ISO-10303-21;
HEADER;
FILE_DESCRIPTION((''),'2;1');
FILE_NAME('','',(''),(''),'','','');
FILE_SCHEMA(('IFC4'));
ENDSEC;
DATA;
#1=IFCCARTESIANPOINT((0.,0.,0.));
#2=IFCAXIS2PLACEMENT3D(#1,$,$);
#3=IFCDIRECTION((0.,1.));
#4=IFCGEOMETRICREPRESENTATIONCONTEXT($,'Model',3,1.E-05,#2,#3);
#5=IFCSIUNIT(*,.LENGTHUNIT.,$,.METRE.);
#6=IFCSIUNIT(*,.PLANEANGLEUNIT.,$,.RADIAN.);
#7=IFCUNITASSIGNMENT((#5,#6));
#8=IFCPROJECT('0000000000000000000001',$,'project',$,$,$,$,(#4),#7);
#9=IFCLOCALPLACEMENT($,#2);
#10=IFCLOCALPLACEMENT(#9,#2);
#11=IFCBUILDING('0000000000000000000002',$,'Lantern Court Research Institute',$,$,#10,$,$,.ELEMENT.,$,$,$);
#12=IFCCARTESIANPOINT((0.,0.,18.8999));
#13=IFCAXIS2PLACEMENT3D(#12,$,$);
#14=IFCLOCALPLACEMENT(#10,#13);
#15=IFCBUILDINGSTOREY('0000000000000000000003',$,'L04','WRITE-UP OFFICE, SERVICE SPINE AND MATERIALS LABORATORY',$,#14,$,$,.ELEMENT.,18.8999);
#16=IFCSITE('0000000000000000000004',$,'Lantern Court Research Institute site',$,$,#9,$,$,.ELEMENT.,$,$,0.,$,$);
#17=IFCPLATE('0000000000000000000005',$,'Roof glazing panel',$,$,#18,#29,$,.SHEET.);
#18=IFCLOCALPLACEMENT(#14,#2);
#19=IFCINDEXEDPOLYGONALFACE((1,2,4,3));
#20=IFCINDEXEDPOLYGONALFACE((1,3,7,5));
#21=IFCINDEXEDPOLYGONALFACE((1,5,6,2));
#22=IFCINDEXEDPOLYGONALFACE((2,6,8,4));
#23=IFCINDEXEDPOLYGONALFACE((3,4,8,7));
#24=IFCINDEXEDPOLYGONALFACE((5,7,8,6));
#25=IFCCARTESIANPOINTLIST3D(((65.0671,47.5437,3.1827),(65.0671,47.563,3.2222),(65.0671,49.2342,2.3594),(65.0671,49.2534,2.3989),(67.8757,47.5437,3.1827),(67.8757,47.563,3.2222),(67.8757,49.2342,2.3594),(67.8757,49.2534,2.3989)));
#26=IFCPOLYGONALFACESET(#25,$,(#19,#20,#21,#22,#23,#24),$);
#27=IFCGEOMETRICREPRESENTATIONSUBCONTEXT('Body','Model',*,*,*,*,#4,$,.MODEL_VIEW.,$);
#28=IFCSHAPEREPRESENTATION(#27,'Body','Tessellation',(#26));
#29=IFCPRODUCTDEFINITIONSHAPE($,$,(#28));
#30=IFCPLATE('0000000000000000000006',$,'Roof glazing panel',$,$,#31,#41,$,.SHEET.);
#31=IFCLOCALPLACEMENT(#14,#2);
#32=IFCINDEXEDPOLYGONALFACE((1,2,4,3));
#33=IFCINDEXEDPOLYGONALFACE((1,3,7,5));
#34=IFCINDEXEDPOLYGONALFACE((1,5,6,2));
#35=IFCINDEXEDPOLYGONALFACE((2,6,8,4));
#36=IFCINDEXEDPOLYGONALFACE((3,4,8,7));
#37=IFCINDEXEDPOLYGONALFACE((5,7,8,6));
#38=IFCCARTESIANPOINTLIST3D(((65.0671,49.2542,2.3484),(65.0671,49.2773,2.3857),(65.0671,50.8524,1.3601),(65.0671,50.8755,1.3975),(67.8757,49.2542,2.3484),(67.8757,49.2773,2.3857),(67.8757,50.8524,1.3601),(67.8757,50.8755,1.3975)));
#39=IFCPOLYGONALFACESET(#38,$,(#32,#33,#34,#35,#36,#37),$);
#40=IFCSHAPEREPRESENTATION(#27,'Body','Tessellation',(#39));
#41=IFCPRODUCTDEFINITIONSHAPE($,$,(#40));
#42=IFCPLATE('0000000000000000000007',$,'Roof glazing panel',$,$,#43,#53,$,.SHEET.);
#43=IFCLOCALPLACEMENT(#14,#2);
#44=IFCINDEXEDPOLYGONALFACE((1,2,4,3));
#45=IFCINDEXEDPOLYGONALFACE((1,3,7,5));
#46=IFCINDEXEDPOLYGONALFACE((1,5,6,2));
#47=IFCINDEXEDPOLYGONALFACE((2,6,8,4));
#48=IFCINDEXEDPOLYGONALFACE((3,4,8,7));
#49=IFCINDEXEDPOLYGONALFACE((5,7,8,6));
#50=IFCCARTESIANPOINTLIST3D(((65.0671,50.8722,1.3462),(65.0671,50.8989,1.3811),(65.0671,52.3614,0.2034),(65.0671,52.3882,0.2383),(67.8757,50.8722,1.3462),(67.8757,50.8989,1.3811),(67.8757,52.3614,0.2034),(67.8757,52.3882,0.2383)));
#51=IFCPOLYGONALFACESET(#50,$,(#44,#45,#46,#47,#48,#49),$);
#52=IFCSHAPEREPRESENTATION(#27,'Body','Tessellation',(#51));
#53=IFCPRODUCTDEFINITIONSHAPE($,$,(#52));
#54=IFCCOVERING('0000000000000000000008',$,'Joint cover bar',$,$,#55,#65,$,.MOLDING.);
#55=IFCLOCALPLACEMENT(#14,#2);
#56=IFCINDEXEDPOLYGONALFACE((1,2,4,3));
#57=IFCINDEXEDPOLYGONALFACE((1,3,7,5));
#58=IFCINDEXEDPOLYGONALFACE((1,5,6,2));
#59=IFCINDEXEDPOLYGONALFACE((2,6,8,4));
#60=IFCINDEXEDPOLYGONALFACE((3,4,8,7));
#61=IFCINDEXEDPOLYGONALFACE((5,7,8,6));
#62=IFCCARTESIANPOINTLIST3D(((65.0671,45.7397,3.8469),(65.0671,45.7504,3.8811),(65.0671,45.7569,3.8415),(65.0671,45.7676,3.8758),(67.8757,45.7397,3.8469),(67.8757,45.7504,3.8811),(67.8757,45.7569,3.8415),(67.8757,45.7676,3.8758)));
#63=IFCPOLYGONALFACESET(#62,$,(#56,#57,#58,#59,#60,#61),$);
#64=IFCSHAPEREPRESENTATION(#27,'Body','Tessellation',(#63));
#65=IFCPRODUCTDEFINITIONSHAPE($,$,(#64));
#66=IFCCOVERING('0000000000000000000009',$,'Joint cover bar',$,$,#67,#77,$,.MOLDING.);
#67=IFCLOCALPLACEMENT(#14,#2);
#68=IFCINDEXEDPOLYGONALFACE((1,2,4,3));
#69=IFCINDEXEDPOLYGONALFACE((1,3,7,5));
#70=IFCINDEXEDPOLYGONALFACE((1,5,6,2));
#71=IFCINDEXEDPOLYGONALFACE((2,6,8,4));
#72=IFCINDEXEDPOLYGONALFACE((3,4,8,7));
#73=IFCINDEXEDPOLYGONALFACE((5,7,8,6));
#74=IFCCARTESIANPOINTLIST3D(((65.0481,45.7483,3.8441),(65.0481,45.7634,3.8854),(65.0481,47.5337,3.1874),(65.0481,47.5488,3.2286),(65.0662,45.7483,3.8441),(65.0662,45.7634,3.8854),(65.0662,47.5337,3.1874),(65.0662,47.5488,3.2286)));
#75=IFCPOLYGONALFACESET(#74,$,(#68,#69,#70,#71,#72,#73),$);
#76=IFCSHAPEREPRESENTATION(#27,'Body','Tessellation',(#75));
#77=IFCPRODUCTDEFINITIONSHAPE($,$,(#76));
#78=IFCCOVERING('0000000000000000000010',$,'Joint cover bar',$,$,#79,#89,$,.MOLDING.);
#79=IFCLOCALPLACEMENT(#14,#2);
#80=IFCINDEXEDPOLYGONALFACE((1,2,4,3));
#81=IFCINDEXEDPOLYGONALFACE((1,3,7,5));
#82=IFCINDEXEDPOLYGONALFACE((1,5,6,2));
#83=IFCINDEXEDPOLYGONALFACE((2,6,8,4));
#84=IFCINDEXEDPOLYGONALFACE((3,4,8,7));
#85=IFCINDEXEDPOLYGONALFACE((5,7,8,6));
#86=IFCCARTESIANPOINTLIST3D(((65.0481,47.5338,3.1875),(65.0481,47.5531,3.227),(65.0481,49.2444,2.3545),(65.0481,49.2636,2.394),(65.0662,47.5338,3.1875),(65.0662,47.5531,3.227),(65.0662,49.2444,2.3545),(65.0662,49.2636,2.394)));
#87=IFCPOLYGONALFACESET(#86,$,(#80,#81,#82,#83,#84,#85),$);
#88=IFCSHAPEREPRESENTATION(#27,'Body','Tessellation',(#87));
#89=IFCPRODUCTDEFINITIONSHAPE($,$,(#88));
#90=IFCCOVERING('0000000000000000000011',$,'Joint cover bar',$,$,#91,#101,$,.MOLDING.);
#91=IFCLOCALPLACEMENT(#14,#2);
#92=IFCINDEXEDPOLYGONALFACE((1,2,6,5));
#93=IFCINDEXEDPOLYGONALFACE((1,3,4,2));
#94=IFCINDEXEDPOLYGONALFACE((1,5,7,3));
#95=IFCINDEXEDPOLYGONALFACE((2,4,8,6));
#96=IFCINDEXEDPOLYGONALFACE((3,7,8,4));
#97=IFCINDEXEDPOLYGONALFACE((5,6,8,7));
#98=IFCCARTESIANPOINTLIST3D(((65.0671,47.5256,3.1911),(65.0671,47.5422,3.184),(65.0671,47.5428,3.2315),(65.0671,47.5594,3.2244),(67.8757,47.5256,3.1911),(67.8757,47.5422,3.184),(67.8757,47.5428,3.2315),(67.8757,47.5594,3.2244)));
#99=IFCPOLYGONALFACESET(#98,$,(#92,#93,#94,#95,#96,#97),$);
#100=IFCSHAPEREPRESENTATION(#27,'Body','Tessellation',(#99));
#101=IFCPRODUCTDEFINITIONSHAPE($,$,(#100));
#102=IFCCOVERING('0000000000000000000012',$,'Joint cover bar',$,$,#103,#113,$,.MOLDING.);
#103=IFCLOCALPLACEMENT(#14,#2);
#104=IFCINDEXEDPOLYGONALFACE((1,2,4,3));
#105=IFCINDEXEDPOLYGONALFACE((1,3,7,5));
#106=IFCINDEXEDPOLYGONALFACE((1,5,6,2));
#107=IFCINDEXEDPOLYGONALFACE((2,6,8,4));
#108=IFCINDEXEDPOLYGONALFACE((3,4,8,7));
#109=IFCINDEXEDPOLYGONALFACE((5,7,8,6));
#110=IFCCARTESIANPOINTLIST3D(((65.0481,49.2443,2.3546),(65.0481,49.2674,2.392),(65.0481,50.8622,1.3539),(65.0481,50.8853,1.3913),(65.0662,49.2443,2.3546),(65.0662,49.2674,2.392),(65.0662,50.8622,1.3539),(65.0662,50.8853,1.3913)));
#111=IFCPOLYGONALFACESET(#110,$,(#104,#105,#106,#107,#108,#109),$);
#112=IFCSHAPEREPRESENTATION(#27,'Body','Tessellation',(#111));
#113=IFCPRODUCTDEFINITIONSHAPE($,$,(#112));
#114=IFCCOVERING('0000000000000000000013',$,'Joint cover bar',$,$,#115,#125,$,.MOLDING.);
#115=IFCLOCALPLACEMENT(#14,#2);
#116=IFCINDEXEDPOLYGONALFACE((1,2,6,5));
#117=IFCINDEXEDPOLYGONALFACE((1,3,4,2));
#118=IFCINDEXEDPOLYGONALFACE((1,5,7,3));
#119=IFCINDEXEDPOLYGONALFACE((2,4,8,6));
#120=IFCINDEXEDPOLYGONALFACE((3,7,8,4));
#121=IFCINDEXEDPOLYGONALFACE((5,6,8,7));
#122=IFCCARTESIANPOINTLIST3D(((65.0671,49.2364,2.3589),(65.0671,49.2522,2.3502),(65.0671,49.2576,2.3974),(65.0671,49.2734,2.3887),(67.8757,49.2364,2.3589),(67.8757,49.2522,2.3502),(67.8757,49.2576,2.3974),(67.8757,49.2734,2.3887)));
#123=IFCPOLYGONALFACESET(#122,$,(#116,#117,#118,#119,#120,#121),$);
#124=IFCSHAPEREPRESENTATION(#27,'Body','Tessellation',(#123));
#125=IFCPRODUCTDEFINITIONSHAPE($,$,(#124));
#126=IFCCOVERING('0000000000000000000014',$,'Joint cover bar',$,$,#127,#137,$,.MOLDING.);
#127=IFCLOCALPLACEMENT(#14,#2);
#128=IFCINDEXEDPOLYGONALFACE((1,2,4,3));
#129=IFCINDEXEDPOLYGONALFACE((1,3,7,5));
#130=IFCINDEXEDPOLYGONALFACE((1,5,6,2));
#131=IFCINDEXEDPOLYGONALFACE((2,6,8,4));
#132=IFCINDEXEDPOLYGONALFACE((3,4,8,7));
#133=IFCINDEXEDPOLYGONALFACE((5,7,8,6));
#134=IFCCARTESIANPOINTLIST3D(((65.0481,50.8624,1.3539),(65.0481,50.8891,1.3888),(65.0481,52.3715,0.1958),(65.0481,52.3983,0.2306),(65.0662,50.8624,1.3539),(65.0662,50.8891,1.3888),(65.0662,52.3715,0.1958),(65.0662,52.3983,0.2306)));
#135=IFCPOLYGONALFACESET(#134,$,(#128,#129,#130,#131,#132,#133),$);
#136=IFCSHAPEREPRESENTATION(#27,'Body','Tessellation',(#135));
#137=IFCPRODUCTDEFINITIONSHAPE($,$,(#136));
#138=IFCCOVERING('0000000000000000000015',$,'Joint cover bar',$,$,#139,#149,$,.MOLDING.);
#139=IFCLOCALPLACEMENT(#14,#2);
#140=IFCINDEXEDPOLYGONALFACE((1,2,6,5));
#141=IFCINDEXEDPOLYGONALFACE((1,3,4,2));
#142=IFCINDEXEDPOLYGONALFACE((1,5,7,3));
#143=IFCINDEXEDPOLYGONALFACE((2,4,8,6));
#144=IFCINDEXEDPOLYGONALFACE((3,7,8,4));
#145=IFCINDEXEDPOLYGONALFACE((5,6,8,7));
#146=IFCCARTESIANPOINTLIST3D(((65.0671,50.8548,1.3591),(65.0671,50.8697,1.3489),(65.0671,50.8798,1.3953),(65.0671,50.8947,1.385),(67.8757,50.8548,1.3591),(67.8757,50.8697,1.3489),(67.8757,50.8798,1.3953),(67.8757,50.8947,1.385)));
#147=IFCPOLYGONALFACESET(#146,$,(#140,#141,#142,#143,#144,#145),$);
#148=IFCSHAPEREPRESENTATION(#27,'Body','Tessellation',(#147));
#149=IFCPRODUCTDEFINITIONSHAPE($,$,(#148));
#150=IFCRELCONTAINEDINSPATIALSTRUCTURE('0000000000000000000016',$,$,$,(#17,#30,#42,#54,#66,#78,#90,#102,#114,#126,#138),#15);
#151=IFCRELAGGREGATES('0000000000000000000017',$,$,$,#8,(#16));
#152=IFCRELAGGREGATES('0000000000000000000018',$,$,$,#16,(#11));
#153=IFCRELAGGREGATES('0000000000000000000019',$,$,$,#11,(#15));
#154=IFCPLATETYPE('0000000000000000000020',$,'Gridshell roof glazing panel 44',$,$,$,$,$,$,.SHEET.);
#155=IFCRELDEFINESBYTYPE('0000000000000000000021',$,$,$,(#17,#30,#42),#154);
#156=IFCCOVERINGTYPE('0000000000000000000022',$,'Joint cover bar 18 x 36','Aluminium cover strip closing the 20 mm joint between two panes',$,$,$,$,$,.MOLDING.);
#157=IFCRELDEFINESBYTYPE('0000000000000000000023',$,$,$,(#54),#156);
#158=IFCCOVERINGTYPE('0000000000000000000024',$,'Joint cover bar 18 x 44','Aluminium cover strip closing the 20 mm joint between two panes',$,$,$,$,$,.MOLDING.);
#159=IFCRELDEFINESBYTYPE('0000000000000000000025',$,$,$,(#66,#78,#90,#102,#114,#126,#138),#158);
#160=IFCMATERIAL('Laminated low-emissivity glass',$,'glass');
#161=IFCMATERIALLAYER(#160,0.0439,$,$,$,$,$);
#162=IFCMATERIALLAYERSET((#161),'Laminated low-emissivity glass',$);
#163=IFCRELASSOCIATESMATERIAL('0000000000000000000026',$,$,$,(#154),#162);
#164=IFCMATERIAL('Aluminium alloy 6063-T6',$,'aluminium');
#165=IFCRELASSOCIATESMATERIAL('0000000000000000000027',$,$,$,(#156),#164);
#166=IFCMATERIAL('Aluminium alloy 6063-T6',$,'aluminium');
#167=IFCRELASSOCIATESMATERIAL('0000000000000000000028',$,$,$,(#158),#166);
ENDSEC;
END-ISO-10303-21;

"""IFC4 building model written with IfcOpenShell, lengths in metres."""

from ifc_helpers import new_model, si_unit, direction, frame, origin, origin_2d, place, context, subcontext, project, spatial, polyline, rectangle, outline, extrude, material, layer, layer_set, material_profile, profile_set, type_object, element, save


model = new_model("IFC4")

# Units and contexts
model_context = context("Model", 3, precision=1e-05, world=origin(), true_north=direction((0.0, 1.0)))
body_context = subcontext(model_context, "Body", "Model", "MODEL_VIEW")
ifc_project = project(units=[si_unit("LENGTHUNIT", "METRE"), si_unit("PLANEANGLEUNIT", "RADIAN")], contexts=[model_context])

# Site, building, storey
site_placement = place(None, origin())
site = spatial("IfcSite", under=ifc_project, at=site_placement, Name="Lantern Court Research Institute site", CompositionType="ELEMENT", RefElevation=0.0)
building_placement = place(site_placement, origin())
building = spatial("IfcBuilding", under=site, at=building_placement, Name="Lantern Court Research Institute", CompositionType="ELEMENT")
storey_placement = place(building_placement, frame((0.0, 0.0, 18.8999)))
storey = spatial("IfcBuildingStorey", under=building, at=storey_placement, Name="L04", Description="WRITE-UP OFFICE, SERVICE SPINE AND MATERIALS LABORATORY", CompositionType="ELEMENT", Elevation=18.8999)

# Plates
ifc_material_1 = material(Name="Laminated low-emissivity glass", Category="glass")
ifc_layer = layer(ifc_material_1, 0.0439)
ifc_layer_set = layer_set([ifc_layer], Name="Laminated low-emissivity glass")
plate_type = type_object("IfcPlateType", Name="Gridshell roof glazing panel 44", PredefinedType="SHEET", material=ifc_layer_set)
plate_1_placement = place(storey_placement, frame((67.8757, 47.563, 3.2222), z_axis=(0.0, 0.43784, 0.899053), x_axis=(-1.0, 0.0, 0.0)))
element("IfcPlate", 1, at=plate_1_placement, inside=storey, type_object=plate_type, Name="Roof glazing panel", PredefinedType="SHEET", context=body_context, shape_type="SweptSolid", body=[
    extrude(outline(polyline([(0.0, 0.0), (2.8086, 0.0), (2.8086, -1.8802), (0.0, -1.8802), (0.0, 0.0)])), origin(), (0.0, 0.0, -1.0), 0.0439),
])
plate_2_placement = place(storey_placement, frame((67.8757, 49.2773, 2.3857), z_axis=(0.0, 0.525952, 0.850514), x_axis=(-1.0, 0.0, 0.0)))
element("IfcPlate", 2, at=plate_2_placement, inside=storey, type_object=plate_type, Name="Roof glazing panel", PredefinedType="SHEET", context=body_context, shape_type="SweptSolid", body=[
    extrude(outline(polyline([(0.0, 0.0), (2.8086, 0.0), (2.8086, -1.879), (0.0, -1.879), (0.0, 0.0)])), origin(), (0.0, 0.0, -1.0), 0.0439),
])
plate_3_placement = place(storey_placement, frame((67.8757, 50.8989, 1.3811), z_axis=(0.0, 0.608786, 0.793334), x_axis=(-1.0, 0.0, 0.0)))
element("IfcPlate", 3, at=plate_3_placement, inside=storey, type_object=plate_type, Name="Roof glazing panel", PredefinedType="SHEET", context=body_context, shape_type="SweptSolid", body=[
    extrude(outline(polyline([(0.0, 0.0), (2.8086, 0.0), (2.8086, -1.8772), (0.0, -1.8772), (0.0, 0.0)])), origin(), (0.0, 0.0, -1.0), 0.0439),
])

# Coverings
ifc_material_2 = material(Name="Aluminium alloy 6063-T6", Category="aluminium")
ifc_material_profile_1 = material_profile(ifc_material_2, rectangle(XDim=0.0181, YDim=0.0359, at=origin_2d()), Name="Joint cover bar 18 x 36")
ifc_profile_set_1 = profile_set([ifc_material_profile_1], Name="Aluminium alloy 6063-T6")
covering_type_1 = type_object("IfcCoveringType", Name="Joint cover bar 18 x 36", Description="Aluminium cover strip closing the 20 mm joint between two panes", PredefinedType="MOLDING", material=ifc_profile_set_1)
covering_1_placement = place(storey_placement, frame((65.0671, 45.7537, 3.8613), z_axis=(1.0, 0.0, 0.0), x_axis=(0.0, 0.954713, -0.297528)))
element("IfcCovering", 4, at=covering_1_placement, inside=storey, type_object=covering_type_1, Name="Joint cover bar", PredefinedType="MOLDING", context=body_context, shape_type="SweptSolid", body=[
    extrude(rectangle(XDim=0.0181, YDim=0.0359, at=origin_2d()), origin(), (0.0, 0.0, 1.0), 2.8086),
])
ifc_material_3 = material(Name="Aluminium alloy 6063-T6", Category="aluminium")
ifc_material_profile_2 = material_profile(ifc_material_3, rectangle(XDim=0.0181, YDim=0.0439, at=origin_2d()), Name="Joint cover bar 18 x 44")
ifc_profile_set_2 = profile_set([ifc_material_profile_2], Name="Aluminium alloy 6063-T6")
covering_type_2 = type_object("IfcCoveringType", Name="Joint cover bar 18 x 44", Description="Aluminium cover strip closing the 20 mm joint between two panes", PredefinedType="MOLDING", material=ifc_profile_set_2)
covering_2_placement = place(storey_placement, frame((65.0571, 45.7559, 3.8647), z_axis=(0.0, 0.93852, -0.345224), x_axis=(-1.0, 0.0, 0.0)))
element("IfcCovering", 5, at=covering_2_placement, inside=storey, type_object=covering_type_2, Name="Joint cover bar", PredefinedType="MOLDING", context=body_context, shape_type="SweptSolid", body=[
    extrude(rectangle(XDim=0.0181, YDim=0.0439, at=origin_2d()), origin(), (0.0, 0.0, 1.0), 1.9023),
])
covering_3_placement = place(storey_placement, frame((65.0571, 47.5435, 3.2073), z_axis=(0.0, 0.899049, -0.437847), x_axis=(-1.0, 0.0, 0.0)))
element("IfcCovering", 6, at=covering_3_placement, inside=storey, type_object=covering_type_2, Name="Joint cover bar", PredefinedType="MOLDING", context=body_context, shape_type="SweptSolid", body=[
    extrude(rectangle(XDim=0.0181, YDim=0.0439, at=origin_2d()), origin(), (0.0, 0.0, 1.0), 1.9026),
])
covering_4_placement = place(storey_placement, frame((65.0671, 47.5425, 3.2078), z_axis=(1.0, 0.0, 0.0), x_axis=(0.0, 0.919966, -0.391999)))
element("IfcCovering", 7, at=covering_4_placement, inside=storey, type_object=covering_type_2, Name="Joint cover bar", PredefinedType="MOLDING", context=body_context, shape_type="SweptSolid", body=[
    extrude(rectangle(XDim=0.0181, YDim=0.0439, at=origin_2d()), origin(), (0.0, 0.0, 1.0), 2.8086),
])
covering_5_placement = place(storey_placement, frame((65.0571, 49.2559, 2.3733), z_axis=(0.0, 0.850462, -0.526036), x_axis=(-1.0, 0.0, 0.0)))
element("IfcCovering", 8, at=covering_5_placement, inside=storey, type_object=covering_type_2, Name="Joint cover bar", PredefinedType="MOLDING", context=body_context, shape_type="SweptSolid", body=[
    extrude(rectangle(XDim=0.0181, YDim=0.0439, at=origin_2d()), origin(), (0.0, 0.0, 1.0), 1.9023),
])
covering_6_placement = place(storey_placement, frame((65.0671, 49.2549, 2.3738), z_axis=(1.0, 0.0, 0.0), x_axis=(0.0, 0.875897, -0.482497)))
element("IfcCovering", 9, at=covering_6_placement, inside=storey, type_object=covering_type_2, Name="Joint cover bar", PredefinedType="MOLDING", context=body_context, shape_type="SweptSolid", body=[
    extrude(rectangle(XDim=0.0181, YDim=0.0439, at=origin_2d()), origin(), (0.0, 0.0, 1.0), 2.8086),
])
covering_7_placement = place(storey_placement, frame((65.0571, 50.8757, 1.3713), z_axis=(0.0, 0.79333, -0.608792), x_axis=(-1.0, 0.0, 0.0)))
element("IfcCovering", 10, at=covering_7_placement, inside=storey, type_object=covering_type_2, Name="Joint cover bar", PredefinedType="MOLDING", context=body_context, shape_type="SweptSolid", body=[
    extrude(rectangle(XDim=0.0181, YDim=0.0439, at=origin_2d()), origin(), (0.0, 0.0, 1.0), 1.9023),
])
covering_8_placement = place(storey_placement, frame((65.0671, 50.8748, 1.3721), z_axis=(1.0, 0.0, 0.0), x_axis=(0.0, 0.822954, -0.568108)))
element("IfcCovering", 11, at=covering_8_placement, inside=storey, type_object=covering_type_2, Name="Joint cover bar", PredefinedType="MOLDING", context=body_context, shape_type="SweptSolid", body=[
    extrude(rectangle(XDim=0.0181, YDim=0.0439, at=origin_2d()), origin(), (0.0, 0.0, 1.0), 2.8086),
])

save(model, "model.ifc")
